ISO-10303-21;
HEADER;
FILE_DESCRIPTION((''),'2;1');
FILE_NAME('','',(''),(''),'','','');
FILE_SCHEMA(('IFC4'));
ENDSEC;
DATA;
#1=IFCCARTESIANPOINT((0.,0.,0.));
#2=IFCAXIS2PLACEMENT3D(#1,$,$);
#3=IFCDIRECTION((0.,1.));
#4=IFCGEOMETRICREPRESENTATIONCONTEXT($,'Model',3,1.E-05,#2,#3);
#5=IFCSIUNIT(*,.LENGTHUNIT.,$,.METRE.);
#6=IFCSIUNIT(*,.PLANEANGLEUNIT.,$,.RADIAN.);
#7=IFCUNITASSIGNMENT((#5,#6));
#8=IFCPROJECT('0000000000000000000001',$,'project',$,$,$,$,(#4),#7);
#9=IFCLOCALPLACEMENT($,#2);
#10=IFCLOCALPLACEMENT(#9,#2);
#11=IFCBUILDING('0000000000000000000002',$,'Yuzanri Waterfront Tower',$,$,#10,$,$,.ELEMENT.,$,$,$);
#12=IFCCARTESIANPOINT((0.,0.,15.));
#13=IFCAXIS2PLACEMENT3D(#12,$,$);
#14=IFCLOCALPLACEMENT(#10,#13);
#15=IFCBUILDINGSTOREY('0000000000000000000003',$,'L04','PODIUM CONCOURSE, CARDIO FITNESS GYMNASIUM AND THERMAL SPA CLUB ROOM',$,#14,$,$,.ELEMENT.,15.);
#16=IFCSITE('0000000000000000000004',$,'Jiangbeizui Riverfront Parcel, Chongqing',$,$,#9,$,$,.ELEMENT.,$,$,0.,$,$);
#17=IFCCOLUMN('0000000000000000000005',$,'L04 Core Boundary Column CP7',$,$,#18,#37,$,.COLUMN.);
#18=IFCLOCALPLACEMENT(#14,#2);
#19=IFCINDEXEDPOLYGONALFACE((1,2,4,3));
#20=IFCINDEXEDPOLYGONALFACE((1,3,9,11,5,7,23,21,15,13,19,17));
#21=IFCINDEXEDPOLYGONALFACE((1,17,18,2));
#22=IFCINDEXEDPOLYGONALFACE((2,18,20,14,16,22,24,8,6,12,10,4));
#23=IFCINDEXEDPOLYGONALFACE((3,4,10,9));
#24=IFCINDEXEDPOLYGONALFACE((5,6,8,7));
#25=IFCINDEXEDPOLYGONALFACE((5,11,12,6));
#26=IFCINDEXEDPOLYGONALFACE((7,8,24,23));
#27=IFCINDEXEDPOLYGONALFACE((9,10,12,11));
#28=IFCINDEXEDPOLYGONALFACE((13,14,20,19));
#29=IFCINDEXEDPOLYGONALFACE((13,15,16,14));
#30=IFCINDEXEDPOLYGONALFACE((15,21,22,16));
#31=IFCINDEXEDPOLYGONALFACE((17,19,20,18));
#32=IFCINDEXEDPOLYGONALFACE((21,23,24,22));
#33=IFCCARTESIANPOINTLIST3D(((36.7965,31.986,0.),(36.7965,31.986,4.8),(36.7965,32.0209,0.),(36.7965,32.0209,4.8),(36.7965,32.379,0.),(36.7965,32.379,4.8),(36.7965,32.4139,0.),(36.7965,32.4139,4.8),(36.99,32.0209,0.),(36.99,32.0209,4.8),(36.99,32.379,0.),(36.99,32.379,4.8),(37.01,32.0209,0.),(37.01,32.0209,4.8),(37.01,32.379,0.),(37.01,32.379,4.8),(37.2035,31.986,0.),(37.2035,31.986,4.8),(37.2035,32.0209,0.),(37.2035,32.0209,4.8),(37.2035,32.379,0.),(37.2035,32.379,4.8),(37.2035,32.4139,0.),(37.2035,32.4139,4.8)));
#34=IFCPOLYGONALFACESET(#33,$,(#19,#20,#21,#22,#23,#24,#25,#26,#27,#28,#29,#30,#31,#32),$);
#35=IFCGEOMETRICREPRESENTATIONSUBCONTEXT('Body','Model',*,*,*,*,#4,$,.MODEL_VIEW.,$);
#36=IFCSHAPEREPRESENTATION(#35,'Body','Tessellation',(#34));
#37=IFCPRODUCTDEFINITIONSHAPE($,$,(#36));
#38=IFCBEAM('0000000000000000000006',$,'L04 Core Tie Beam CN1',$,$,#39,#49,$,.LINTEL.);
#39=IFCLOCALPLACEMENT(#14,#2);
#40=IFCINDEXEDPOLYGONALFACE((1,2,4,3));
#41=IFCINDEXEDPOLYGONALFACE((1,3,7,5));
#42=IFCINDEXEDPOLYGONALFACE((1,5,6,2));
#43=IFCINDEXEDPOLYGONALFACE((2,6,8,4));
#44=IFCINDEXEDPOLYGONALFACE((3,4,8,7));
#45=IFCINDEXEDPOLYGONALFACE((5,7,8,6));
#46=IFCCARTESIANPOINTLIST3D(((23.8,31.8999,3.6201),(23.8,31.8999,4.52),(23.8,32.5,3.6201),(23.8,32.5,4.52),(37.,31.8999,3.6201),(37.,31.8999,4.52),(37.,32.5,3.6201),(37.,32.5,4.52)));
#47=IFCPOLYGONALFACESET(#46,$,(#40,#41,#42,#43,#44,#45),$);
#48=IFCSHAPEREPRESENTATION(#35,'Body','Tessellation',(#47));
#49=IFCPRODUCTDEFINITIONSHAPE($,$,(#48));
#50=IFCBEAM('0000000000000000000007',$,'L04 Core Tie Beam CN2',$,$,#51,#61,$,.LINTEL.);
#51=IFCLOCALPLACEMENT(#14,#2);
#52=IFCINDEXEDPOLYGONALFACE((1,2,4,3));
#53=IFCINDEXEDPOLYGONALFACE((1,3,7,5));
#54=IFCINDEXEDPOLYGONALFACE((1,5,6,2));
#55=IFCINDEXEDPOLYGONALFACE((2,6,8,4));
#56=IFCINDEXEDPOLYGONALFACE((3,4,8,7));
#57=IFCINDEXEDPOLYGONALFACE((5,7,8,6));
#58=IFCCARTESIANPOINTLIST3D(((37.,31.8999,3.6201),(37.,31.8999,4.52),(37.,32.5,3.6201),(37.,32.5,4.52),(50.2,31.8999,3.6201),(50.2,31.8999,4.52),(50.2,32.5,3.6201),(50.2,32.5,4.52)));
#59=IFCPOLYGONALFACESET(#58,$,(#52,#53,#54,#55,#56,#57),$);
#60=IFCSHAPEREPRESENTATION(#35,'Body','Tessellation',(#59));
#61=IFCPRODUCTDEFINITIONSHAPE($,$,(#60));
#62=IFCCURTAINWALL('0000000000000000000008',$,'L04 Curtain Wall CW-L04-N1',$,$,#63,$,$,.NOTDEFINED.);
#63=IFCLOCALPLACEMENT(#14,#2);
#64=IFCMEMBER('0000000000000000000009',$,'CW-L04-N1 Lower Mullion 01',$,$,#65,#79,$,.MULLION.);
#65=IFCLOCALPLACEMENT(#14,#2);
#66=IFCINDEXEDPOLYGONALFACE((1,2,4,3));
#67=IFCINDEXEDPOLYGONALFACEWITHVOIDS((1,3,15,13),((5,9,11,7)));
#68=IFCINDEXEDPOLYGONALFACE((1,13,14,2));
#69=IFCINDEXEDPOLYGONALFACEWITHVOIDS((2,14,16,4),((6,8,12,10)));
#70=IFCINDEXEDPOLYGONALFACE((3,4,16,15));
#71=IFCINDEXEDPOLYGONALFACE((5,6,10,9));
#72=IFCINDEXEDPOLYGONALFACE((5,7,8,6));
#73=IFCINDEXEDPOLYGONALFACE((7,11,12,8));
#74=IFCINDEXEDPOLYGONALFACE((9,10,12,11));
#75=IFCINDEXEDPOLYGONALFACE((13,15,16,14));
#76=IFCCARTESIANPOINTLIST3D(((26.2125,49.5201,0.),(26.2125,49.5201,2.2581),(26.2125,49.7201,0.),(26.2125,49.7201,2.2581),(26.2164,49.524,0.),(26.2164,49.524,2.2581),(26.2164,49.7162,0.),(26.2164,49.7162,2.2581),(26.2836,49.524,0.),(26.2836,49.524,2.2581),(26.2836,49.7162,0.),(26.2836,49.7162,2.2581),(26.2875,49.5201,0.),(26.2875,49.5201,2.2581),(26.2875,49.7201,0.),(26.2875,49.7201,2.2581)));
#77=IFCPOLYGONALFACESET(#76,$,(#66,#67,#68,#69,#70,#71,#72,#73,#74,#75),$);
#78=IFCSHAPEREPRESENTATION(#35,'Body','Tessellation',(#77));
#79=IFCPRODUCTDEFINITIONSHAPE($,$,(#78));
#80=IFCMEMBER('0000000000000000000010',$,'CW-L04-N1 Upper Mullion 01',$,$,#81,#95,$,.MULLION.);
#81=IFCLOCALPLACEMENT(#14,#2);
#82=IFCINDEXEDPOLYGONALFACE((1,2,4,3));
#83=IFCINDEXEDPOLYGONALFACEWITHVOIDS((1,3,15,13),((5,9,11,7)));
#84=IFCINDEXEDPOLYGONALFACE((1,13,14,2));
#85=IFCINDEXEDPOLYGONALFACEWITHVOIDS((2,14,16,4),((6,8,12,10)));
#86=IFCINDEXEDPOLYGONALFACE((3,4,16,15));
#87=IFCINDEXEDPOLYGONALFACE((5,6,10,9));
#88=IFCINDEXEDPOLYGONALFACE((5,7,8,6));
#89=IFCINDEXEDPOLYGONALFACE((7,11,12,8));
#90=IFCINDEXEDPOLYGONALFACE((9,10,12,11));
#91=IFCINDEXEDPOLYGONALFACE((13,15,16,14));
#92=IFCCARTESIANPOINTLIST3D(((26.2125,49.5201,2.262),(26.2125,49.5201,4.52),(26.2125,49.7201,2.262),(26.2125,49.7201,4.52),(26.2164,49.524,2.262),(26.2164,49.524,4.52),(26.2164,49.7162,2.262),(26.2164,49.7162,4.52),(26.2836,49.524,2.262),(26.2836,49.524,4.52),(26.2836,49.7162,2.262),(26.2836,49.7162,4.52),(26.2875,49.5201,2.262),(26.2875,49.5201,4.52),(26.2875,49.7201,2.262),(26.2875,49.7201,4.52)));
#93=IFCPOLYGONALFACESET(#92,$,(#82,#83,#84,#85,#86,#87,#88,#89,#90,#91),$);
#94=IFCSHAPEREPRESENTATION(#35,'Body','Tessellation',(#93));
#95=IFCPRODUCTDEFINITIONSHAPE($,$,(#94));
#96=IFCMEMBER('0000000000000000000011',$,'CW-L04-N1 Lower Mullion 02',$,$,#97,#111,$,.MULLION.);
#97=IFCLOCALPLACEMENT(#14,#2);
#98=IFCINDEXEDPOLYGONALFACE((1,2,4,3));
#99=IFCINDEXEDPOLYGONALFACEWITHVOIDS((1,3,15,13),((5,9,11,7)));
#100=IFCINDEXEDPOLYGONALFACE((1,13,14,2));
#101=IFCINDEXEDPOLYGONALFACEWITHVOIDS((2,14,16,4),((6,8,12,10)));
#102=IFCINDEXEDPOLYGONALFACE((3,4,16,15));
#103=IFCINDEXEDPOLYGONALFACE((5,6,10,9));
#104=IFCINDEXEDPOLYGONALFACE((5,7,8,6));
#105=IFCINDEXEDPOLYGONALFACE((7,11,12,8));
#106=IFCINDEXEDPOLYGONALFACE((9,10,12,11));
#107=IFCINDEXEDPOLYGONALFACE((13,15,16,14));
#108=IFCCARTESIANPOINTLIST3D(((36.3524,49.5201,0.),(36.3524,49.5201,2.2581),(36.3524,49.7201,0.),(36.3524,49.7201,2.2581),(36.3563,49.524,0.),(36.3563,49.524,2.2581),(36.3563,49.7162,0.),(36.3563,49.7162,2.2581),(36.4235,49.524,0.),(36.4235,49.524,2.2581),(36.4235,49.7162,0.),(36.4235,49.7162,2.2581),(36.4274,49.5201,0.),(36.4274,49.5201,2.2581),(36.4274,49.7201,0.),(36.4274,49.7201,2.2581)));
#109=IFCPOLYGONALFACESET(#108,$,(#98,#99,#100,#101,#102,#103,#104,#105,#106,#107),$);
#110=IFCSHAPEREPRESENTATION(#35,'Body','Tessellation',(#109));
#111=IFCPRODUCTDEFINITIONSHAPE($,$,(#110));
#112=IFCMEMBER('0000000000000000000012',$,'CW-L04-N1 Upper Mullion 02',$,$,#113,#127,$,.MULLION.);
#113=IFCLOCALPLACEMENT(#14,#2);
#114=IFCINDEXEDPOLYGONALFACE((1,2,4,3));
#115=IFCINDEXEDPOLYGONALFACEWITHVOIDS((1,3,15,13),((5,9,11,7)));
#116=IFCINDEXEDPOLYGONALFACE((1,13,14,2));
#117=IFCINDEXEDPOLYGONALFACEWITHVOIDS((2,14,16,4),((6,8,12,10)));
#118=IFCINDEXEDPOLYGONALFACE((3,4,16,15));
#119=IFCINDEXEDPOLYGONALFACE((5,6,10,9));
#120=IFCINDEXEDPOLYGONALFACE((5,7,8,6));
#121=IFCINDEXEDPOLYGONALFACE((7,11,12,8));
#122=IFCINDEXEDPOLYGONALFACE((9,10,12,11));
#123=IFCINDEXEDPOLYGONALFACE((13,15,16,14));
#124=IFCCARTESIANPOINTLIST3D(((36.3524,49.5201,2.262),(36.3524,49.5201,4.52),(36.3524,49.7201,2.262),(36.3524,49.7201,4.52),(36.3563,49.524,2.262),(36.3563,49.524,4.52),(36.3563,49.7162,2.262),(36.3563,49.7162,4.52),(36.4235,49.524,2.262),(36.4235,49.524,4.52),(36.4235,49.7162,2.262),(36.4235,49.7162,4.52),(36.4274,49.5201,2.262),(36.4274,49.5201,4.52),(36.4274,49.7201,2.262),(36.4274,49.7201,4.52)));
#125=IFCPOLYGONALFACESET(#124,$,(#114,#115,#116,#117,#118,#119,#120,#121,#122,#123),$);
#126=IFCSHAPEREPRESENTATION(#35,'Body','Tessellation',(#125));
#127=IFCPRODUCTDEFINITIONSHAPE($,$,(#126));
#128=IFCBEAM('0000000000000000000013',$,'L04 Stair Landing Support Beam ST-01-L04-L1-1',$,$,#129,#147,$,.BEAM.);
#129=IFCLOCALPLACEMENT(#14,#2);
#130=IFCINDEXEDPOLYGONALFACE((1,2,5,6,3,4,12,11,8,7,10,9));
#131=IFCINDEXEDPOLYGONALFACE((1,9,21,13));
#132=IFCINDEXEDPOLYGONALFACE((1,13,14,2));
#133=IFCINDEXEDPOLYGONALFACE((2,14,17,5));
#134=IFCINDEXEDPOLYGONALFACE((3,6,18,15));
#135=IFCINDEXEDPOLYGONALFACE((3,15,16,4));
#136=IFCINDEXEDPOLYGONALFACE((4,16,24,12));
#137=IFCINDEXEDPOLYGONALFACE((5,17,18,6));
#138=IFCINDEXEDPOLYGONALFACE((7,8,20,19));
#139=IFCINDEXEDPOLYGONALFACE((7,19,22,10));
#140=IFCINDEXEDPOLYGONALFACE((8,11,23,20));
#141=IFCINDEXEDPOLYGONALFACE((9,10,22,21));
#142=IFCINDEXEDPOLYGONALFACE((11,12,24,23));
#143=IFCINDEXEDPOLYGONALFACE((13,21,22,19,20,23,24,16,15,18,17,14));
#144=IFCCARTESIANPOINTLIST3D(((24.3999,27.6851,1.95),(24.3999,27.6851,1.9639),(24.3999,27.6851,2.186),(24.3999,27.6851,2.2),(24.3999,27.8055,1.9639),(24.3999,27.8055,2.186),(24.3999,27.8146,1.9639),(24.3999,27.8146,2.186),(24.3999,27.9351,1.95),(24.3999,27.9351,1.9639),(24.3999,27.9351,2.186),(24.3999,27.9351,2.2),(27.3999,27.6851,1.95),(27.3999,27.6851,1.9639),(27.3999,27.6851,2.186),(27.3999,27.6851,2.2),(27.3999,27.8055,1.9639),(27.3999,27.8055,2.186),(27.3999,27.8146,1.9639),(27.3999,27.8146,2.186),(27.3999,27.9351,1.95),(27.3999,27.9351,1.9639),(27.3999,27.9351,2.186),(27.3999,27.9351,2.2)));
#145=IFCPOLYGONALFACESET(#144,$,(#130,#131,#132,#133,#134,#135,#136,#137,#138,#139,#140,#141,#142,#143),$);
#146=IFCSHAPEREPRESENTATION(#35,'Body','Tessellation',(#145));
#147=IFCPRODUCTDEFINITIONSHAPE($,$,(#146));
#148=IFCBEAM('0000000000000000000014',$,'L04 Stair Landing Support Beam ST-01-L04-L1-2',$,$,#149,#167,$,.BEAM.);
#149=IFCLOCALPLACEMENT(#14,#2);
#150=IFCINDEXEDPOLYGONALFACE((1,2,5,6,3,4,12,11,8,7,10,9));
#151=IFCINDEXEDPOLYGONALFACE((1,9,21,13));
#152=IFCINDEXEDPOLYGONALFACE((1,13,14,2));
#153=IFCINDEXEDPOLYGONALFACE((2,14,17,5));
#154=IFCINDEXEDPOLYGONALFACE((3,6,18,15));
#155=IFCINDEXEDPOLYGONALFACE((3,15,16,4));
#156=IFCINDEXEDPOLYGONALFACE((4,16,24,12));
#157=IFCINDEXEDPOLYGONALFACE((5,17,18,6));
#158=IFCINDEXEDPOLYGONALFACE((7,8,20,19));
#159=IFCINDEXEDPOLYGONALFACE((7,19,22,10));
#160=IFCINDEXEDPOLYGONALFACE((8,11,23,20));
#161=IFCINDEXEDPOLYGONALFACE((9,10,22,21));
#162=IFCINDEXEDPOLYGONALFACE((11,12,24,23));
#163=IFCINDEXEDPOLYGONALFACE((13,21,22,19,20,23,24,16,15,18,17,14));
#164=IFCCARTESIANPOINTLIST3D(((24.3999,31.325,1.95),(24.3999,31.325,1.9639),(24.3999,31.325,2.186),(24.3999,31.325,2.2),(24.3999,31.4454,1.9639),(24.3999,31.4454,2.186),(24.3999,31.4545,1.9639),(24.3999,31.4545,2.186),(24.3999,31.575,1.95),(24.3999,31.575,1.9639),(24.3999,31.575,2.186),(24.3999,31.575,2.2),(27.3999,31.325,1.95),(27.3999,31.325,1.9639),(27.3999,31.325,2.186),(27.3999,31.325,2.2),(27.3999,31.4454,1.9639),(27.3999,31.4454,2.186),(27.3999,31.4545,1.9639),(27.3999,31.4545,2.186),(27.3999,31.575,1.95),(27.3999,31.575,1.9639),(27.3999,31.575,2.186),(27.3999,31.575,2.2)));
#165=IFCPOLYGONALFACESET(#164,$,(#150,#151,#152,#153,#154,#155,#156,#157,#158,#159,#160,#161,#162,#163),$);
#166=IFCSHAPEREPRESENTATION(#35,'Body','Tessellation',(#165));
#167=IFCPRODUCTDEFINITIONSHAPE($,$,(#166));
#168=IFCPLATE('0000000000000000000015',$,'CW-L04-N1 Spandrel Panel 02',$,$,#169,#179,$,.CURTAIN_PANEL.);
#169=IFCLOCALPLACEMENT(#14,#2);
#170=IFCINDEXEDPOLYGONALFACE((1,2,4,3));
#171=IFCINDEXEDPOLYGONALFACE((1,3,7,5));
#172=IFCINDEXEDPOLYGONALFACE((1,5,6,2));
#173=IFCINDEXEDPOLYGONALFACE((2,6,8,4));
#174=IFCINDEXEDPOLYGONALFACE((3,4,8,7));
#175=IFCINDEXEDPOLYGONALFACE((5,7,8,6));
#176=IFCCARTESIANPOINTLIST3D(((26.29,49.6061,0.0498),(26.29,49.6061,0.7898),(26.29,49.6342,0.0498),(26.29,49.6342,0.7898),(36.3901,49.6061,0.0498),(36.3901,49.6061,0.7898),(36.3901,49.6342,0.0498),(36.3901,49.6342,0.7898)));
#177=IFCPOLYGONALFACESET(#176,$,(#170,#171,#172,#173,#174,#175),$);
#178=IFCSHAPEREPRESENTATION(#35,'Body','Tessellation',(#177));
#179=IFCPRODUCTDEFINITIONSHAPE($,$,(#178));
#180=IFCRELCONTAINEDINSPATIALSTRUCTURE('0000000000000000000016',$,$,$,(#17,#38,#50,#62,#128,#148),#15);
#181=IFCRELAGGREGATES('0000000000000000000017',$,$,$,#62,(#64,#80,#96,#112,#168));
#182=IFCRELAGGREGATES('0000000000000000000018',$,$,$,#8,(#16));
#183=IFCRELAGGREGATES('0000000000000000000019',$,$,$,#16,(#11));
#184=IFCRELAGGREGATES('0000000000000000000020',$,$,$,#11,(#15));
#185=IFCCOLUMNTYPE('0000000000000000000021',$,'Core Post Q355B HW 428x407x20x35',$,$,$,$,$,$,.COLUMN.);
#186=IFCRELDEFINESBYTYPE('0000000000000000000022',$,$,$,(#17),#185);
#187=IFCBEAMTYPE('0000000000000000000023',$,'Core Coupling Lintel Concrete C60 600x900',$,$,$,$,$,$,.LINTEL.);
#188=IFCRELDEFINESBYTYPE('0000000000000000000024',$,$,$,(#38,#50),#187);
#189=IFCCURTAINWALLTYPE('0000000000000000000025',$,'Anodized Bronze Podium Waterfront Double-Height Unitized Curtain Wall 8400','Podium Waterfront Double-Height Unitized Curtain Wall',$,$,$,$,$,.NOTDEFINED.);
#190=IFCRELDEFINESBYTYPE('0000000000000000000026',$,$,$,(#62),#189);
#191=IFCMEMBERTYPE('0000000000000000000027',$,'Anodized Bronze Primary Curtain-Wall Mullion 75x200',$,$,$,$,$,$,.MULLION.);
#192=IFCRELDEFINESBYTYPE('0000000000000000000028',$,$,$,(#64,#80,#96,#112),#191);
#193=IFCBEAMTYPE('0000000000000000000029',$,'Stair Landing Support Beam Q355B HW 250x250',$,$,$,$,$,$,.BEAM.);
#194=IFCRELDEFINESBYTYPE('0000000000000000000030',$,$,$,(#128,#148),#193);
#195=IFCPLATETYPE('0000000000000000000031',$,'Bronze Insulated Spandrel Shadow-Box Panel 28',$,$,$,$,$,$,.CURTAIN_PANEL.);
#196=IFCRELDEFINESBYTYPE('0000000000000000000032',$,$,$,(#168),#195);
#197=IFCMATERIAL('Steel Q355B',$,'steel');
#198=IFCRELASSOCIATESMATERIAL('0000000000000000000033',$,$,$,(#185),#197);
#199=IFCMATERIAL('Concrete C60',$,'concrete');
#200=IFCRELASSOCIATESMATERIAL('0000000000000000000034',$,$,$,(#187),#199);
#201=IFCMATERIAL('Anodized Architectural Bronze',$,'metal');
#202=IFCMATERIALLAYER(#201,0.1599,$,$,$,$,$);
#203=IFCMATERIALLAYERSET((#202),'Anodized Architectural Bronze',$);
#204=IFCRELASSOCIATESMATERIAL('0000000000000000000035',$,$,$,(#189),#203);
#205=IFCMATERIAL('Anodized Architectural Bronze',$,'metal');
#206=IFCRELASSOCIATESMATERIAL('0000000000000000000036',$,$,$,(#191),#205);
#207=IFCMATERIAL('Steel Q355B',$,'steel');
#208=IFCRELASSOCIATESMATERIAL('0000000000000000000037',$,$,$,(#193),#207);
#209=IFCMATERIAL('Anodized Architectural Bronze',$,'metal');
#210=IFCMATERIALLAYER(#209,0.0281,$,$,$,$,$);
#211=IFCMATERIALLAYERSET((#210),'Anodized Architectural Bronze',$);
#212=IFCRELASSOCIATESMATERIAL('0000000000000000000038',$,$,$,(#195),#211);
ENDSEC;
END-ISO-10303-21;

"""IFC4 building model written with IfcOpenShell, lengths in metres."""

from ifc_helpers import new_model, si_unit, direction, frame, origin, origin_2d, place, context, subcontext, project, spatial, rectangle, hollow_rectangle, i_section, extrude, source, transform, mapped, material, layer, layer_set, material_profile, profile_set, type_object, element, aggregate, save


model = new_model("IFC4")

# Units and contexts
model_context = context("Model", 3, precision=1e-05, world=origin(), true_north=direction((0.0, 1.0)))
body_context = subcontext(model_context, "Body", "Model", "MODEL_VIEW")
ifc_project = project(units=[si_unit("LENGTHUNIT", "METRE"), si_unit("PLANEANGLEUNIT", "RADIAN")], contexts=[model_context])

# Site, building, storey
site_placement = place(None, origin())
site = spatial("IfcSite", under=ifc_project, at=site_placement, Name="Jiangbeizui Riverfront Parcel, Chongqing", CompositionType="ELEMENT", RefElevation=0.0)
building_placement = place(site_placement, origin())
building = spatial("IfcBuilding", under=site, at=building_placement, Name="Yuzanri Waterfront Tower", CompositionType="ELEMENT")
storey_placement = place(building_placement, frame((0.0, 0.0, 15.0)))
storey = spatial("IfcBuildingStorey", under=building, at=storey_placement, Name="L04", Description="PODIUM CONCOURSE, CARDIO FITNESS GYMNASIUM AND THERMAL SPA CLUB ROOM", CompositionType="ELEMENT", Elevation=15.0)

# Column
ifc_material_1 = material(Name="Steel Q355B", Category="steel")
ifc_material_profile_1 = material_profile(ifc_material_1, i_section(OverallWidth=0.407, OverallDepth=0.428, WebThickness=0.02, FlangeThickness=0.0349, at=origin_2d()), Name="HW 428x407x20x35")
ifc_profile_set_1 = profile_set([ifc_material_profile_1], Name="Steel Q355B")
column_type = type_object("IfcColumnType", Name="Core Post Q355B HW 428x407x20x35", PredefinedType="COLUMN", material=ifc_profile_set_1)
shared_shape_1 = source(origin(), body_context, "Body", "SweptSolid", [
    extrude(i_section(OverallWidth=0.407, OverallDepth=0.428, WebThickness=0.02, FlangeThickness=0.0349, at=origin_2d()), origin(), (0.0, 0.0, 1.0), 4.8),
])
column_placement = place(storey_placement, frame((37.0, 32.2, 0.0), z_axis=(0.0, 0.0, 1.0), x_axis=(1.0, 0.0, 0.0)))
element("IfcColumn", 1, at=column_placement, inside=storey, type_object=column_type, Name="L04 Core Boundary Column CP7", PredefinedType="COLUMN", context=body_context, shape_type="MappedRepresentation", body=[
    mapped(shared_shape_1, transform((0.0, 0.0, 0.0), scale=1.0)),
])

# Beams
ifc_material_2 = material(Name="Concrete C60", Category="concrete")
ifc_material_profile_2 = material_profile(ifc_material_2, rectangle(XDim=0.6001, YDim=0.8999, at=origin_2d()), Name="RC 600x900")
ifc_profile_set_2 = profile_set([ifc_material_profile_2], Name="Concrete C60")
beam_type_1 = type_object("IfcBeamType", Name="Core Coupling Lintel Concrete C60 600x900", PredefinedType="LINTEL", material=ifc_profile_set_2)
shared_shape_2 = source(origin(), body_context, "Body", "SweptSolid", [
    extrude(rectangle(XDim=0.6001, YDim=0.8999, at=origin_2d()), origin(), (0.0, 0.0, 1.0), 13.2),
])
for number, where, z_axis, x_axis, name in (
    (2, (23.8, 32.2, 4.0701), (1.0, 0.0, 0.0), (0.0, 1.0, 0.0), "L04 Core Tie Beam CN1"),
    (3, (37.0, 32.2, 4.0701), (1.0, 0.0, 0.0), (0.0, 1.0, 0.0), "L04 Core Tie Beam CN2"),
):
    element("IfcBeam", number, at=place(storey_placement, frame(where, z_axis=z_axis, x_axis=x_axis)), inside=storey, type_object=beam_type_1, Name=name, PredefinedType="LINTEL", context=body_context, shape_type="MappedRepresentation", body=[
        mapped(shared_shape_2, transform((0.0, 0.0, 0.0), scale=1.0)),
    ])

# Curtain wall, members
ifc_material_3 = material(Name="Anodized Architectural Bronze", Category="metal")
ifc_layer_1 = layer(ifc_material_3, 0.1599)
ifc_layer_set_1 = layer_set([ifc_layer_1], Name="Anodized Architectural Bronze")
curtain_wall_type = type_object("IfcCurtainWallType", Name="Anodized Bronze Podium Waterfront Double-Height Unitized Curtain Wall 8400", Description="Podium Waterfront Double-Height Unitized Curtain Wall", PredefinedType="NOTDEFINED", material=ifc_layer_set_1)
curtain_wall_placement = place(storey_placement, origin())
curtain_wall = element("IfcCurtainWall", 4, at=curtain_wall_placement, inside=storey, type_object=curtain_wall_type, Name="L04 Curtain Wall CW-L04-N1", PredefinedType="NOTDEFINED")
ifc_material_4 = material(Name="Anodized Architectural Bronze", Category="metal")
ifc_material_profile_3 = material_profile(ifc_material_4, hollow_rectangle(XDim=0.075, YDim=0.2, WallThickness=0.0039, at=origin_2d()), Name="CWM 75x200")
ifc_profile_set_3 = profile_set([ifc_material_profile_3], Name="Anodized Architectural Bronze")
member_type = type_object("IfcMemberType", Name="Anodized Bronze Primary Curtain-Wall Mullion 75x200", PredefinedType="MULLION", material=ifc_profile_set_3)
shared_shape_3 = source(origin(), body_context, "Body", "SweptSolid", [
    extrude(hollow_rectangle(XDim=0.075, YDim=0.2, WallThickness=0.0039, at=origin_2d()), origin(), (0.0, 0.0, 1.0), 2.2581),
])
member_1_placement = place(storey_placement, frame((26.25, 49.6201, 0.0), z_axis=(0.0, 0.0, 1.0), x_axis=(1.0, 0.0, 0.0)))
member_1 = element("IfcMember", 5, at=member_1_placement, type_object=member_type, Name="CW-L04-N1 Lower Mullion 01", PredefinedType="MULLION", context=body_context, shape_type="MappedRepresentation", body=[
    mapped(shared_shape_3, transform((0.0, 0.0, 0.0), scale=1.0)),
])
member_2_placement = place(storey_placement, frame((26.25, 49.6201, 2.262), z_axis=(0.0, 0.0, 1.0), x_axis=(1.0, 0.0, 0.0)))
member_2 = element("IfcMember", 6, at=member_2_placement, type_object=member_type, Name="CW-L04-N1 Upper Mullion 01", PredefinedType="MULLION", context=body_context, shape_type="MappedRepresentation", body=[
    mapped(shared_shape_3, transform((0.0, 0.0, 0.0), scale=1.0)),
])
member_3_placement = place(storey_placement, frame((36.3899, 49.6201, 0.0), z_axis=(0.0, 0.0, 1.0), x_axis=(1.0, 0.0, 0.0)))
member_3 = element("IfcMember", 7, at=member_3_placement, type_object=member_type, Name="CW-L04-N1 Lower Mullion 02", PredefinedType="MULLION", context=body_context, shape_type="MappedRepresentation", body=[
    mapped(shared_shape_3, transform((0.0, 0.0, 0.0), scale=1.0)),
])
member_4_placement = place(storey_placement, frame((36.3899, 49.6201, 2.262), z_axis=(0.0, 0.0, 1.0), x_axis=(1.0, 0.0, 0.0)))
member_4 = element("IfcMember", 8, at=member_4_placement, type_object=member_type, Name="CW-L04-N1 Upper Mullion 02", PredefinedType="MULLION", context=body_context, shape_type="MappedRepresentation", body=[
    mapped(shared_shape_3, transform((0.0, 0.0, 0.0), scale=1.0)),
])

# Beams
ifc_material_5 = material(Name="Steel Q355B", Category="steel")
ifc_material_profile_4 = material_profile(ifc_material_5, i_section(OverallWidth=0.25, OverallDepth=0.25, WebThickness=0.009, FlangeThickness=0.0139, at=origin_2d()), Name="HW 250x250x9x14")
ifc_profile_set_4 = profile_set([ifc_material_profile_4], Name="Steel Q355B")
beam_type_2 = type_object("IfcBeamType", Name="Stair Landing Support Beam Q355B HW 250x250", PredefinedType="BEAM", material=ifc_profile_set_4)
shared_shape_4 = source(origin(), body_context, "Body", "SweptSolid", [
    extrude(i_section(OverallWidth=0.25, OverallDepth=0.25, WebThickness=0.009, FlangeThickness=0.0139, at=origin_2d()), origin(), (0.0, 0.0, 1.0), 3.0),
])
for number, where, z_axis, x_axis, name in (
    (9, (24.3999, 27.8101, 2.075), (1.0, 0.0, 0.0), (0.0, 1.0, 0.0), "L04 Stair Landing Support Beam ST-01-L04-L1-1"),
    (10, (24.3999, 31.45, 2.075), (1.0, 0.0, 0.0), (0.0, 1.0, 0.0), "L04 Stair Landing Support Beam ST-01-L04-L1-2"),
):
    element("IfcBeam", number, at=place(storey_placement, frame(where, z_axis=z_axis, x_axis=x_axis)), inside=storey, type_object=beam_type_2, Name=name, PredefinedType="BEAM", context=body_context, shape_type="MappedRepresentation", body=[
        mapped(shared_shape_4, transform((0.0, 0.0, 0.0), scale=1.0)),
    ])

# Plate
ifc_material_6 = material(Name="Anodized Architectural Bronze", Category="metal")
ifc_layer_2 = layer(ifc_material_6, 0.0281)
ifc_layer_set_2 = layer_set([ifc_layer_2], Name="Anodized Architectural Bronze")
plate_type_1 = type_object("IfcPlateType", Name="Bronze Insulated Spandrel Shadow-Box Panel 28", PredefinedType="CURTAIN_PANEL", material=ifc_layer_set_2)
shared_shape_5 = source(origin(), body_context, "Body", "SweptSolid", [
    extrude(rectangle(XDim=10.1001, YDim=0.0281, at=origin_2d()), origin(), (0.0, 0.0, 1.0), 0.74),
])
plate_1_placement = place(storey_placement, frame((31.3401, 49.6201, 0.0498), z_axis=(0.0, 0.0, 1.0), x_axis=(1.0, 0.0, 0.0)))
plate_1 = element("IfcPlate", 11, at=plate_1_placement, type_object=plate_type_1, Name="CW-L04-N1 Spandrel Panel 02", PredefinedType="CURTAIN_PANEL", context=body_context, shape_type="MappedRepresentation", body=[
    mapped(shared_shape_5, transform((0.0, 0.0, 0.0), scale=1.0)),
])
aggregate(curtain_wall, [member_1, member_2, member_3, member_4, plate_1])

save(model, "model.ifc")
